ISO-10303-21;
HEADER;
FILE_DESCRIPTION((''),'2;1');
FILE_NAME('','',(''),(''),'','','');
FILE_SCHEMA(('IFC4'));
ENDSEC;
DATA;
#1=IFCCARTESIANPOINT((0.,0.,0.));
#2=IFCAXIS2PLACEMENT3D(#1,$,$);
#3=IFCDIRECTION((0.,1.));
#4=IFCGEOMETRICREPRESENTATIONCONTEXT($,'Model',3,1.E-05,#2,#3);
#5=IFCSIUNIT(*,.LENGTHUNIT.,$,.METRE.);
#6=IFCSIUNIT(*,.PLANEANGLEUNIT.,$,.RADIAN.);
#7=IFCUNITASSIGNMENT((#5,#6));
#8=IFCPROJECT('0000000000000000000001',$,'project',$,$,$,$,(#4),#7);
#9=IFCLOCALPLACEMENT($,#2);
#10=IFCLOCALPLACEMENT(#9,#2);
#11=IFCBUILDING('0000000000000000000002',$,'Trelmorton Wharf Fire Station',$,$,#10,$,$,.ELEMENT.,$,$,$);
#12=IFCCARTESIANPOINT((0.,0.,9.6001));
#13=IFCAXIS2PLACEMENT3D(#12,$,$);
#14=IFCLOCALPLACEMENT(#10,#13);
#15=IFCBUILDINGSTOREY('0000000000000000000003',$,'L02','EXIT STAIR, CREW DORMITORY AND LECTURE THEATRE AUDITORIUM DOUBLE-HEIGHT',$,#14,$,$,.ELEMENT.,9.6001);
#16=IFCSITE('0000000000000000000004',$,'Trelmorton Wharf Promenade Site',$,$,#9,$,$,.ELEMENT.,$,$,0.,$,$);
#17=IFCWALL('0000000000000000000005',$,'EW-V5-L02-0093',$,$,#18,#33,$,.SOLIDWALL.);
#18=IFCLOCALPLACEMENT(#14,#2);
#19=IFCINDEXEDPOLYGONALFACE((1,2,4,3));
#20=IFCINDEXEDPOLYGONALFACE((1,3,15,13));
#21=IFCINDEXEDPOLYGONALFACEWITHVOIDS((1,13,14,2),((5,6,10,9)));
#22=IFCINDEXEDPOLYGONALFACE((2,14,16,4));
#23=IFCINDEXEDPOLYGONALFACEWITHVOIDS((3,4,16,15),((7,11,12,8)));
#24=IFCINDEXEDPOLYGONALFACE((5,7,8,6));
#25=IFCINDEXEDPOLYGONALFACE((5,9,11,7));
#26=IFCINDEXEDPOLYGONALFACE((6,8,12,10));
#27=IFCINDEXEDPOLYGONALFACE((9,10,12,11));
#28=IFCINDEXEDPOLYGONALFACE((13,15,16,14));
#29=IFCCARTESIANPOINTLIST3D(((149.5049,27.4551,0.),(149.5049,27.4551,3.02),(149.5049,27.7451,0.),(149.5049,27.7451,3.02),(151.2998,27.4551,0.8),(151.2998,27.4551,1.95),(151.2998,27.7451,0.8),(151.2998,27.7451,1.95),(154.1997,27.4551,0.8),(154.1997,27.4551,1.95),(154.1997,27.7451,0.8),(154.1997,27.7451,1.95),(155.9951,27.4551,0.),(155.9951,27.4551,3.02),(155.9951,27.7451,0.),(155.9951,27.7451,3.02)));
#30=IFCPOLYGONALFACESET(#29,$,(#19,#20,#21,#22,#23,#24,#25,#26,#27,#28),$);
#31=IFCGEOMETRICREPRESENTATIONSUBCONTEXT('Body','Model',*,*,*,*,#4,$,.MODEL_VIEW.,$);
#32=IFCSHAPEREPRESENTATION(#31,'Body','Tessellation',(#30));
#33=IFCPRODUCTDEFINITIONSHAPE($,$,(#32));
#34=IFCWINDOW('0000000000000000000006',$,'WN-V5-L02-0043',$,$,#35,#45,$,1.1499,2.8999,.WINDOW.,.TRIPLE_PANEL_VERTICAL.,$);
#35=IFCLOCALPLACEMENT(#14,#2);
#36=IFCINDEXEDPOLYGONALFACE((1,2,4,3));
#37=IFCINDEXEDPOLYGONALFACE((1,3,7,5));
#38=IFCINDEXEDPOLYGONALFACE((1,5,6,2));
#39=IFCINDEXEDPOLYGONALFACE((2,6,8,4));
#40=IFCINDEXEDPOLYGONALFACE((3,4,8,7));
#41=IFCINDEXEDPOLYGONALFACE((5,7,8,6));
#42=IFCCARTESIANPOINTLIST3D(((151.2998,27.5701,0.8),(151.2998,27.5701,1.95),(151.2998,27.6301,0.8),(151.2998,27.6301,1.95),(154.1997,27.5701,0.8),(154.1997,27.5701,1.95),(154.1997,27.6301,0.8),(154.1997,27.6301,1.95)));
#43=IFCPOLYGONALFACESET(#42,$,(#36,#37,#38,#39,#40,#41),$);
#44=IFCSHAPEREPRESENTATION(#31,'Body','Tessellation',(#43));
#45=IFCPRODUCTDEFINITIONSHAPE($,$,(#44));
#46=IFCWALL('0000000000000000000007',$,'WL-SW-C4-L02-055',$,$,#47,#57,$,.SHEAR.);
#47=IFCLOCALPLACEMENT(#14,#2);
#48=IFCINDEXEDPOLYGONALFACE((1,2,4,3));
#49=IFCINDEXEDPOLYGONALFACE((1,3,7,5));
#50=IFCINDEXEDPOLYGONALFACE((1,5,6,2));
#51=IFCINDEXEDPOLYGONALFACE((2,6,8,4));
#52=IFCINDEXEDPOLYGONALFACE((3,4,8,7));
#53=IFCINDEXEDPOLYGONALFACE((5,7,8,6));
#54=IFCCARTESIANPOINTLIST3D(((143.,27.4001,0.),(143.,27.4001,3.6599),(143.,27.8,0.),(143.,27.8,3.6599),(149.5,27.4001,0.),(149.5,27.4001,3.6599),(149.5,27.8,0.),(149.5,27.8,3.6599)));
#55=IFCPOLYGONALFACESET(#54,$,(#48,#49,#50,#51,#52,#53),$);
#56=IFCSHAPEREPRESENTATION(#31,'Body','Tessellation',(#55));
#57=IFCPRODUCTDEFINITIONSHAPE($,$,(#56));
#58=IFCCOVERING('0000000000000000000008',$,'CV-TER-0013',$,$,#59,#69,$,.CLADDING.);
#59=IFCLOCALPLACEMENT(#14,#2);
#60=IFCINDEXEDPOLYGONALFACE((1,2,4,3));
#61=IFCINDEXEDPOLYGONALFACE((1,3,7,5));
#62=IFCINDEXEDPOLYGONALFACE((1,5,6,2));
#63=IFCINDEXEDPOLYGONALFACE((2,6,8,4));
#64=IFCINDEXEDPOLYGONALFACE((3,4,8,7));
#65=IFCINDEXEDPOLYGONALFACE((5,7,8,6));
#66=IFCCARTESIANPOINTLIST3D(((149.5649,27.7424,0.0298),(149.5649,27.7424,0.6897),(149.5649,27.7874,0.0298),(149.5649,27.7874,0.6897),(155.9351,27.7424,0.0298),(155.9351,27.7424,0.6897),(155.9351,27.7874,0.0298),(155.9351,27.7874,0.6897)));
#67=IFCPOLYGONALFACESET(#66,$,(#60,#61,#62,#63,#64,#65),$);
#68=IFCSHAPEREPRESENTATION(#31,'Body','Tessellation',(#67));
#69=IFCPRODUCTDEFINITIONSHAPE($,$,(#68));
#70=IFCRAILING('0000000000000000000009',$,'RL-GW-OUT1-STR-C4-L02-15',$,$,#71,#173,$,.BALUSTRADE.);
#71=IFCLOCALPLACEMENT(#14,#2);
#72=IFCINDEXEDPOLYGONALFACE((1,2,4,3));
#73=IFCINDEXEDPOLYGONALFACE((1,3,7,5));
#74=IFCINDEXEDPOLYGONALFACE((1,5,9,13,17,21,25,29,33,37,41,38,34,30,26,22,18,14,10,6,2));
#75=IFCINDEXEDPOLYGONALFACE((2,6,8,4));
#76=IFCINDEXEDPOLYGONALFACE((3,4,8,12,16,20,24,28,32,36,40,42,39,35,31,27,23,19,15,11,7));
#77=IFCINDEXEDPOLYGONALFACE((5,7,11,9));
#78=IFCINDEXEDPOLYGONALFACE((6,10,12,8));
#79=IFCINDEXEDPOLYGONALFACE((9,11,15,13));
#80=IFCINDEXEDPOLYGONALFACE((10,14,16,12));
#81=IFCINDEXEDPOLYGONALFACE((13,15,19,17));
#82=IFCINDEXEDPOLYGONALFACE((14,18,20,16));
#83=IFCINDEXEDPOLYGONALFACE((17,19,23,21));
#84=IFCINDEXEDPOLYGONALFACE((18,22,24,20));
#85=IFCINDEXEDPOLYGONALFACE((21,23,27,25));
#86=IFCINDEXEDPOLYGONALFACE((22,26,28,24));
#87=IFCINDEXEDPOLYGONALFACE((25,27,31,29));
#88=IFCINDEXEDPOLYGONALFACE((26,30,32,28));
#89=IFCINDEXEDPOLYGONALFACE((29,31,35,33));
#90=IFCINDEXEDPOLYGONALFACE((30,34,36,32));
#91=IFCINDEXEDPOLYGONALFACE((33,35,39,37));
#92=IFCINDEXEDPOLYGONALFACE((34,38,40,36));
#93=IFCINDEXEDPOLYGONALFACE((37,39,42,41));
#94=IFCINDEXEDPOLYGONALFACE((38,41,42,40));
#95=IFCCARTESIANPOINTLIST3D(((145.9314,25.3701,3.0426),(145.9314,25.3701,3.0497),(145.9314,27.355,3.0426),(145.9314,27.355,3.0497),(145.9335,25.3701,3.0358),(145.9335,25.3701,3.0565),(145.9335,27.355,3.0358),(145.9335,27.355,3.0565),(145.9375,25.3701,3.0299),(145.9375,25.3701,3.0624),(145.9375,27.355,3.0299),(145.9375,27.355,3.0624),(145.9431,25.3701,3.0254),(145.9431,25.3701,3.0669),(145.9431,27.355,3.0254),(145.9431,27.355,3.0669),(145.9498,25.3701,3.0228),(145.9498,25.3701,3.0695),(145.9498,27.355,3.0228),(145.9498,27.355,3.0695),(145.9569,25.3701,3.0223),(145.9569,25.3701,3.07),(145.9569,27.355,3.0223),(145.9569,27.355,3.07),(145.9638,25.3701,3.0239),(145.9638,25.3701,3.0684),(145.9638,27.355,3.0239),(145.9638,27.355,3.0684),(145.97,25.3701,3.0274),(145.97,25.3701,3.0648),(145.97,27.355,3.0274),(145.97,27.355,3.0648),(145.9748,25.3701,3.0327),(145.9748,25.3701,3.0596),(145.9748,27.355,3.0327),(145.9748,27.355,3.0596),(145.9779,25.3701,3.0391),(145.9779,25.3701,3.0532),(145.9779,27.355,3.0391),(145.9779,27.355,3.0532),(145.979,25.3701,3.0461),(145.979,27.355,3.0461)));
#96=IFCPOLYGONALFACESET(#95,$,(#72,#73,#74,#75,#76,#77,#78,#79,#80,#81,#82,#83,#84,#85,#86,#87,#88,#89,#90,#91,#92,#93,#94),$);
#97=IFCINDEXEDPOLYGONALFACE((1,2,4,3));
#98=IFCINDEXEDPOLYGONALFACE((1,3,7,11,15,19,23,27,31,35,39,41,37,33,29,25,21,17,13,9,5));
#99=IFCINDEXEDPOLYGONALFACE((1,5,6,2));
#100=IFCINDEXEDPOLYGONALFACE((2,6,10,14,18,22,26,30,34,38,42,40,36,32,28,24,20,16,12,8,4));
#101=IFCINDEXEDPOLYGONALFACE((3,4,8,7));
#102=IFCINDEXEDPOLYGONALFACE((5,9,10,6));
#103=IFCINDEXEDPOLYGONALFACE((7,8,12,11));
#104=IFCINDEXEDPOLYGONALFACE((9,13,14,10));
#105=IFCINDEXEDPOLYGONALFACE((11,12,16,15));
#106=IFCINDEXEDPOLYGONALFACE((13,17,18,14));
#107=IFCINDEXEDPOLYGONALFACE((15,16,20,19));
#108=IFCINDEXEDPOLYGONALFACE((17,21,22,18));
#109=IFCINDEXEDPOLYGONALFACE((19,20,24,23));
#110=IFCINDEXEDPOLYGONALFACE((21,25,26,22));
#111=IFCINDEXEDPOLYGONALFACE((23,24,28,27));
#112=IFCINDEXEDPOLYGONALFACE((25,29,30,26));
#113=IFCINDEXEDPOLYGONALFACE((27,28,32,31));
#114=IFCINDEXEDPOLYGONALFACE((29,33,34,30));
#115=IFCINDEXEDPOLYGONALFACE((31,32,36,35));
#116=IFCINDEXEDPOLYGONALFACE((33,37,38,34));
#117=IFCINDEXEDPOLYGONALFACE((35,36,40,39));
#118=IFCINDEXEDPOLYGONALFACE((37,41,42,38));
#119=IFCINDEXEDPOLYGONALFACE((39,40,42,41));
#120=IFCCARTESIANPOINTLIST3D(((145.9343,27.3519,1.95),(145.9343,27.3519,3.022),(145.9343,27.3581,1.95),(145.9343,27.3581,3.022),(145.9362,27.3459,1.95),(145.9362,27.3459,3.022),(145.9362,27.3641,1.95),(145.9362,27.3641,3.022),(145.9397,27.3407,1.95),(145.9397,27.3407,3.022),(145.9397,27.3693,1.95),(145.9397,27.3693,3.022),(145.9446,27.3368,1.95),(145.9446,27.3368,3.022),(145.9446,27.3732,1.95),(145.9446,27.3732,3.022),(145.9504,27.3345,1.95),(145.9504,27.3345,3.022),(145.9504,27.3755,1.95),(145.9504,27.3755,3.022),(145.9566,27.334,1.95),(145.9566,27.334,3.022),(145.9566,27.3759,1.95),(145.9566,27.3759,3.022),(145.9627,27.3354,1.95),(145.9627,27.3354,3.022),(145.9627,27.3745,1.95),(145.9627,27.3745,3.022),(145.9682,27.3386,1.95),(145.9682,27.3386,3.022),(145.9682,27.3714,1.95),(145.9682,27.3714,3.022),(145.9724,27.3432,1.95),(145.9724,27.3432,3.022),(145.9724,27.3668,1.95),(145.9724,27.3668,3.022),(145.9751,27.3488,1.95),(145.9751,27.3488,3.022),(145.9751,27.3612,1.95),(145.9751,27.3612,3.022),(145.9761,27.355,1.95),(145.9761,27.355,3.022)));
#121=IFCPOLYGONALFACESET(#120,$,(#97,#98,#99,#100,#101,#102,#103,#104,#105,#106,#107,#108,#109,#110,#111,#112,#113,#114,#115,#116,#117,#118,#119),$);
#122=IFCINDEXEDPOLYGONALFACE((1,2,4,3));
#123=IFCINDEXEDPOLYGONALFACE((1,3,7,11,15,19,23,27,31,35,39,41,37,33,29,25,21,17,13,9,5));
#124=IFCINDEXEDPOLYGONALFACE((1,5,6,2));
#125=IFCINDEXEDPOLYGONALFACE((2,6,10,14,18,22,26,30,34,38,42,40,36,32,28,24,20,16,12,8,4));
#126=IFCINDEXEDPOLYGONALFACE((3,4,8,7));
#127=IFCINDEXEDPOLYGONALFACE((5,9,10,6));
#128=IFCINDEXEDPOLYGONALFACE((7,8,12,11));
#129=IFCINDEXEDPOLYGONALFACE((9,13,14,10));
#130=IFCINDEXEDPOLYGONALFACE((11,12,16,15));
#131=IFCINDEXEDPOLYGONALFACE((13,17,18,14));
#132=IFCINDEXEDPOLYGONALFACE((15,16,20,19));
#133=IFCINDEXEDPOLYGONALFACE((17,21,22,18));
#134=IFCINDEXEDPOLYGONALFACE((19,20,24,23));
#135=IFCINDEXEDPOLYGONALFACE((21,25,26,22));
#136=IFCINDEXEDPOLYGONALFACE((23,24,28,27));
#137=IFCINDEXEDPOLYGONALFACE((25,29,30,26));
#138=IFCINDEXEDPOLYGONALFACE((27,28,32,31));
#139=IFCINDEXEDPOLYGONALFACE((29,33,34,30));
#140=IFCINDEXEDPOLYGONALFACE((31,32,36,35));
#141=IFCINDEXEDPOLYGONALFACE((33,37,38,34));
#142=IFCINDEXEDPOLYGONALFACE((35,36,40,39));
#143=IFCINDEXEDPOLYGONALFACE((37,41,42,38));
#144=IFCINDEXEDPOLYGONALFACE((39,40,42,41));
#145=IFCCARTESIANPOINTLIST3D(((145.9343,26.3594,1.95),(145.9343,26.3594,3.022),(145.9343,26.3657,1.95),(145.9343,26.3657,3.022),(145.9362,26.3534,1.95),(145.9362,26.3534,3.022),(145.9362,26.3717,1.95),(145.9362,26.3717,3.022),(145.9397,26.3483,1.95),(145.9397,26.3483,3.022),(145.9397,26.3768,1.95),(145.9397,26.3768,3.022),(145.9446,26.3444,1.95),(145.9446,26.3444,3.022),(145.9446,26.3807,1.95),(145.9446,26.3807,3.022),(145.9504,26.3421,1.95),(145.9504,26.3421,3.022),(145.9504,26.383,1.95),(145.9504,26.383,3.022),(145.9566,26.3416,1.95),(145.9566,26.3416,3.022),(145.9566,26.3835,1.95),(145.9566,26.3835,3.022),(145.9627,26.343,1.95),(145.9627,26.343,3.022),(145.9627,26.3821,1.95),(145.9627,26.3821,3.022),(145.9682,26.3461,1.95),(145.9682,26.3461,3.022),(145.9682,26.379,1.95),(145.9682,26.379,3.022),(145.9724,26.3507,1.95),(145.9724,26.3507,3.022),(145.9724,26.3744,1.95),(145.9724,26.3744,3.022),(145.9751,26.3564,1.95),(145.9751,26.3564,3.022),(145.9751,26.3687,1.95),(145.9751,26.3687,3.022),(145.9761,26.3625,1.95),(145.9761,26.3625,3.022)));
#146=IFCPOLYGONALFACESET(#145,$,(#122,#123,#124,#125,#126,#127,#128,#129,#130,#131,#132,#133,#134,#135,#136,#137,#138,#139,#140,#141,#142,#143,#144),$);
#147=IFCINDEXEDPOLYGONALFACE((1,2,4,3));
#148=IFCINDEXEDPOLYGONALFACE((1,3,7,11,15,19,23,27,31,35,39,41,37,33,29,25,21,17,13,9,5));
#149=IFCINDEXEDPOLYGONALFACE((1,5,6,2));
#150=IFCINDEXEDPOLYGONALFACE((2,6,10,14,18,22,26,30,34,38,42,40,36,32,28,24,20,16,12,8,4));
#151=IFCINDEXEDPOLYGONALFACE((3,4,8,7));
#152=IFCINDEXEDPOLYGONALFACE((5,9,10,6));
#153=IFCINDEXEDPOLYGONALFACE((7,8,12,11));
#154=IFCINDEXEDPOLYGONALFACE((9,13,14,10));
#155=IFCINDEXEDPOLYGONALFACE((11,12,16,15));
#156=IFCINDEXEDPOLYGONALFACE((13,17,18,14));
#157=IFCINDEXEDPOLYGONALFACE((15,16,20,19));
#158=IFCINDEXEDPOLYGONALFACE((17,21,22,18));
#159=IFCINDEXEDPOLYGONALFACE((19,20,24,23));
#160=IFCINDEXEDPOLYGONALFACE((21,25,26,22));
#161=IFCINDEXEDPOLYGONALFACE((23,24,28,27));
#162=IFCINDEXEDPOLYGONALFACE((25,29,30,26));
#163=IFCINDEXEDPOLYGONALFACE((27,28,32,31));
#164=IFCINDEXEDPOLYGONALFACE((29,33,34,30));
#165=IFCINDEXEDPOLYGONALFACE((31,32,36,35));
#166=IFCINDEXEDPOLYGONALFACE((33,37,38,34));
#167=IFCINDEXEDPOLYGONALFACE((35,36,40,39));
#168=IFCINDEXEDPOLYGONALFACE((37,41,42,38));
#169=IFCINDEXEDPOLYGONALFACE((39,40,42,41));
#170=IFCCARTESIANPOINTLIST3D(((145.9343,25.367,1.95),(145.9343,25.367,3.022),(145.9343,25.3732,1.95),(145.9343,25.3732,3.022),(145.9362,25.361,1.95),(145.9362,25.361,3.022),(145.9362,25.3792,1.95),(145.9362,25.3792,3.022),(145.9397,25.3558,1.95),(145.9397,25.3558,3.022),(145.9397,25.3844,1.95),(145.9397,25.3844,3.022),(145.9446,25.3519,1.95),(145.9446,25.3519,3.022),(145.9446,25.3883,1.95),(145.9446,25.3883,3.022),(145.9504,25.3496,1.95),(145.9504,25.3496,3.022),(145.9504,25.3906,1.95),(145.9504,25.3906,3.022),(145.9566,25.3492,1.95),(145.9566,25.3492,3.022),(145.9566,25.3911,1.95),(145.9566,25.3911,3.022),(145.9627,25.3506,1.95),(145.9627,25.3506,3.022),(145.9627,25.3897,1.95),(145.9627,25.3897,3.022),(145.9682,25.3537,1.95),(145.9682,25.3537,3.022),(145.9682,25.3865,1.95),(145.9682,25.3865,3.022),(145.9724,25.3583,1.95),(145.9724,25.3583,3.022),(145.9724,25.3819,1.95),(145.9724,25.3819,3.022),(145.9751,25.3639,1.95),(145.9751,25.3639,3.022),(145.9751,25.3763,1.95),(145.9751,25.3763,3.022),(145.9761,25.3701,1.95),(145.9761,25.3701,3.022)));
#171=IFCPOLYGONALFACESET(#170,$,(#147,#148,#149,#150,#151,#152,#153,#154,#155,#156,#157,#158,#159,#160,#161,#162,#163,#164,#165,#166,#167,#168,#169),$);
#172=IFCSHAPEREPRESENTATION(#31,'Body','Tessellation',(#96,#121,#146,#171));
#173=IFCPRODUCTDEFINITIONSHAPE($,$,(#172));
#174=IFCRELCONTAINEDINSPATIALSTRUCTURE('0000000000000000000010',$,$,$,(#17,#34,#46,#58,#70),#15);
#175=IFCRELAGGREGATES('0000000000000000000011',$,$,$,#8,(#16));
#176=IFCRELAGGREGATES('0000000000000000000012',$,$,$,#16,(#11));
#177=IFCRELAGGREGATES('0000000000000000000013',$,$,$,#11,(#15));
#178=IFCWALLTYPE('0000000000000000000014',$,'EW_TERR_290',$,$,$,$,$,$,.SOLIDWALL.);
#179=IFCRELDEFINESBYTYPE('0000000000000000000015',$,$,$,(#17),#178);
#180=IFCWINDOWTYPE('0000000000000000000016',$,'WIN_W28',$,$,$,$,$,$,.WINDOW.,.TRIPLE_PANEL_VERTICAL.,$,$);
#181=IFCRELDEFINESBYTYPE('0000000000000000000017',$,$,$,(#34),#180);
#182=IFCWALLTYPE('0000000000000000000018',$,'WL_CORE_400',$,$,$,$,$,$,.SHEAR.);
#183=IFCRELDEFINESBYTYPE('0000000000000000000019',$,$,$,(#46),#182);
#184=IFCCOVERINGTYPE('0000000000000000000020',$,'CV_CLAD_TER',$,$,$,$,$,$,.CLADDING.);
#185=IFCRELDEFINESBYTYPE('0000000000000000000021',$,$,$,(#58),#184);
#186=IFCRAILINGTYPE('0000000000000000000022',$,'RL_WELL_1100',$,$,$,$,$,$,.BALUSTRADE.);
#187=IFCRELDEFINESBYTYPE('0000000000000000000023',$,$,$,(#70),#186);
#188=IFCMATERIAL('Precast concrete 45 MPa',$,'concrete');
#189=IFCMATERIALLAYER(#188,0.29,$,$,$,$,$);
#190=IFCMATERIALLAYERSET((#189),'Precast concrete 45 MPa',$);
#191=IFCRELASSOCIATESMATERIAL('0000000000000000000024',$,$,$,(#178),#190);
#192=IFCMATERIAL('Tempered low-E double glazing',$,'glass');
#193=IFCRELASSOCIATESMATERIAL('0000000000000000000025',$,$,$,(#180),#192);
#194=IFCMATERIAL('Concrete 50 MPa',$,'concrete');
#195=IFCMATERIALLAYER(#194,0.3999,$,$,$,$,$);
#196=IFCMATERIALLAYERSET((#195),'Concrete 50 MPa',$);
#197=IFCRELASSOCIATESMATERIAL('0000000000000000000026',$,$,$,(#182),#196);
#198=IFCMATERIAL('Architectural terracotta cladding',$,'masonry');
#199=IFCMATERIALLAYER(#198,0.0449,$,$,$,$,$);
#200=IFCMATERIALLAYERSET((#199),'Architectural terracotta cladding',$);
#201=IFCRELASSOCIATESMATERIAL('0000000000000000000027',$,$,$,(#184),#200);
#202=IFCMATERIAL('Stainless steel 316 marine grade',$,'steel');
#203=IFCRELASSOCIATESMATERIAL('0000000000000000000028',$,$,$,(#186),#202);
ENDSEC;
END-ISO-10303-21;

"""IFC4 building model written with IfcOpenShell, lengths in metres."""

from ifc_helpers import new_model, si_unit, direction, frame, frame_2d, origin, origin_2d, place, context, subcontext, project, spatial, rectangle, circle, extrude, material, layer, layer_set, type_object, element, fill, save


model = new_model("IFC4")

# Units and contexts
model_context = context("Model", 3, precision=1e-05, world=origin(), true_north=direction((0.0, 1.0)))
body_context = subcontext(model_context, "Body", "Model", "MODEL_VIEW")
ifc_project = project(units=[si_unit("LENGTHUNIT", "METRE"), si_unit("PLANEANGLEUNIT", "RADIAN")], contexts=[model_context])

# Site, building, storey
site_placement = place(None, origin())
site = spatial("IfcSite", under=ifc_project, at=site_placement, Name="Trelmorton Wharf Promenade Site", CompositionType="ELEMENT", RefElevation=0.0)
building_placement = place(site_placement, origin())
building = spatial("IfcBuilding", under=site, at=building_placement, Name="Trelmorton Wharf Fire Station", CompositionType="ELEMENT")
storey_placement = place(building_placement, frame((0.0, 0.0, 9.6001)))
storey = spatial("IfcBuildingStorey", under=building, at=storey_placement, Name="L02", Description="EXIT STAIR, CREW DORMITORY AND LECTURE THEATRE AUDITORIUM DOUBLE-HEIGHT", CompositionType="ELEMENT", Elevation=9.6001)

# Shared definitions
ifc_material_1 = material(Name="Tempered low-E double glazing", Category="glass")

# Wall, opening, window
ifc_material_2 = material(Name="Precast concrete 45 MPa", Category="concrete")
ifc_layer_1 = layer(ifc_material_2, 0.29)
ifc_layer_set_1 = layer_set([ifc_layer_1], Name="Precast concrete 45 MPa")
wall_type_1 = type_object("IfcWallType", Name="EW_TERR_290", PredefinedType="SOLIDWALL", material=ifc_layer_set_1)
wall_1_placement = place(storey_placement, frame((149.5049, 27.6001, 0.0), z_axis=(0.0, 0.0, 1.0), x_axis=(1.0, 0.0, 0.0)))
wall_1 = element("IfcWall", 1, at=wall_1_placement, inside=storey, type_object=wall_type_1, Name="EW-V5-L02-0093", PredefinedType="SOLIDWALL", context=body_context, shape_type="SweptSolid", body=[
    extrude(rectangle(XDim=6.4902, YDim=0.29, at=frame_2d((3.2451, 0.0))), origin(), (0.0, 0.0, 1.0), 3.02),
])
opening_1_placement = place(wall_1_placement, frame((1.7949, 0.0, 0.8)))
opening_1 = element("IfcOpeningElement", 2, at=opening_1_placement, cuts=wall_1, PredefinedType="OPENING", context=body_context, shape_type="SweptSolid", body=[
    extrude(rectangle(XDim=2.8999, YDim=1.1499, at=frame_2d((1.45, 0.575))), frame((0.0, 0.155, 0.0), z_axis=(0.0, -1.0, 0.0), x_axis=(1.0, 0.0, 0.0)), (0.0, 0.0, 1.0), 0.3101),
])
window_type_1 = type_object("IfcWindowType", Name="WIN_W28", PartitioningType="TRIPLE_PANEL_VERTICAL", PredefinedType="WINDOW", material=ifc_material_1)
window_1_placement = place(opening_1_placement, origin())
window_1 = element("IfcWindow", 3, at=window_1_placement, inside=storey, type_object=window_type_1, Name="WN-V5-L02-0043", OverallHeight=1.1499, OverallWidth=2.8999, PartitioningType="TRIPLE_PANEL_VERTICAL", PredefinedType="WINDOW", context=body_context, shape_type="SweptSolid", body=[
    extrude(rectangle(XDim=2.8999, YDim=1.1499, at=frame_2d((1.45, 0.575))), frame((0.0, 0.03, 0.0), z_axis=(0.0, -1.0, 0.0), x_axis=(1.0, 0.0, 0.0)), (0.0, 0.0, 1.0), 0.0601),
])
fill(opening_1, window_1)

# Wall
ifc_material_3 = material(Name="Concrete 50 MPa", Category="concrete")
ifc_layer_2 = layer(ifc_material_3, 0.3999)
ifc_layer_set_2 = layer_set([ifc_layer_2], Name="Concrete 50 MPa")
wall_type_2 = type_object("IfcWallType", Name="WL_CORE_400", PredefinedType="SHEAR", material=ifc_layer_set_2)
wall_2_placement = place(storey_placement, frame((143.0, 27.6001, 0.0), z_axis=(0.0, 0.0, 1.0), x_axis=(1.0, 0.0, 0.0)))
element("IfcWall", 4, at=wall_2_placement, inside=storey, type_object=wall_type_2, Name="WL-SW-C4-L02-055", PredefinedType="SHEAR", context=body_context, shape_type="SweptSolid", body=[
    extrude(rectangle(XDim=6.5, YDim=0.3999, at=frame_2d((3.25, 0.0))), origin(), (0.0, 0.0, 1.0), 3.6599),
])

# Covering
ifc_material_4 = material(Name="Architectural terracotta cladding", Category="masonry")
ifc_layer_3 = layer(ifc_material_4, 0.0449)
ifc_layer_set_3 = layer_set([ifc_layer_3], Name="Architectural terracotta cladding")
covering_type = type_object("IfcCoveringType", Name="CV_CLAD_TER", PredefinedType="CLADDING", material=ifc_layer_set_3)
covering_placement = place(storey_placement, frame((152.75, 27.7649, 0.0298), z_axis=(0.0, 0.0, 1.0), x_axis=(1.0, 0.0, 0.0)))
element("IfcCovering", 5, at=covering_placement, inside=storey, type_object=covering_type, Name="CV-TER-0013", PredefinedType="CLADDING", context=body_context, shape_type="SweptSolid", body=[
    extrude(rectangle(XDim=6.3701, YDim=0.0449, at=origin_2d()), origin(), (0.0, 0.0, 1.0), 0.6599),
])

# Railing
ifc_material_5 = material(Name="Stainless steel 316 marine grade", Category="steel")
railing_type = type_object("IfcRailingType", Name="RL_WELL_1100", PredefinedType="BALUSTRADE", material=ifc_material_5)
railing_placement = place(storey_placement, frame((145.9551, 27.355, 1.95)))
element("IfcRailing", 6, at=railing_placement, inside=storey, type_object=railing_type, Name="RL-GW-OUT1-STR-C4-L02-15", PredefinedType="BALUSTRADE", context=body_context, shape_type="SweptSolid", body=[
    extrude(circle(Radius=0.0239, at=origin_2d()), frame((0.0, 0.0, 1.0962), z_axis=(0.0, -1.0, 0.0), x_axis=(1.0, 0.0, 0.0)), (0.0, 0.0, 1.0), 1.9849),
    extrude(circle(Radius=0.021, at=origin_2d()), origin(), (0.0, 0.0, 1.0), 1.072),
    extrude(circle(Radius=0.021, at=origin_2d()), frame((0.0, -0.9924, 0.0)), (0.0, 0.0, 1.0), 1.072),
    extrude(circle(Radius=0.021, at=origin_2d()), frame((0.0, -1.9849, 0.0)), (0.0, 0.0, 1.0), 1.072),
])

save(model, "model.ifc")
